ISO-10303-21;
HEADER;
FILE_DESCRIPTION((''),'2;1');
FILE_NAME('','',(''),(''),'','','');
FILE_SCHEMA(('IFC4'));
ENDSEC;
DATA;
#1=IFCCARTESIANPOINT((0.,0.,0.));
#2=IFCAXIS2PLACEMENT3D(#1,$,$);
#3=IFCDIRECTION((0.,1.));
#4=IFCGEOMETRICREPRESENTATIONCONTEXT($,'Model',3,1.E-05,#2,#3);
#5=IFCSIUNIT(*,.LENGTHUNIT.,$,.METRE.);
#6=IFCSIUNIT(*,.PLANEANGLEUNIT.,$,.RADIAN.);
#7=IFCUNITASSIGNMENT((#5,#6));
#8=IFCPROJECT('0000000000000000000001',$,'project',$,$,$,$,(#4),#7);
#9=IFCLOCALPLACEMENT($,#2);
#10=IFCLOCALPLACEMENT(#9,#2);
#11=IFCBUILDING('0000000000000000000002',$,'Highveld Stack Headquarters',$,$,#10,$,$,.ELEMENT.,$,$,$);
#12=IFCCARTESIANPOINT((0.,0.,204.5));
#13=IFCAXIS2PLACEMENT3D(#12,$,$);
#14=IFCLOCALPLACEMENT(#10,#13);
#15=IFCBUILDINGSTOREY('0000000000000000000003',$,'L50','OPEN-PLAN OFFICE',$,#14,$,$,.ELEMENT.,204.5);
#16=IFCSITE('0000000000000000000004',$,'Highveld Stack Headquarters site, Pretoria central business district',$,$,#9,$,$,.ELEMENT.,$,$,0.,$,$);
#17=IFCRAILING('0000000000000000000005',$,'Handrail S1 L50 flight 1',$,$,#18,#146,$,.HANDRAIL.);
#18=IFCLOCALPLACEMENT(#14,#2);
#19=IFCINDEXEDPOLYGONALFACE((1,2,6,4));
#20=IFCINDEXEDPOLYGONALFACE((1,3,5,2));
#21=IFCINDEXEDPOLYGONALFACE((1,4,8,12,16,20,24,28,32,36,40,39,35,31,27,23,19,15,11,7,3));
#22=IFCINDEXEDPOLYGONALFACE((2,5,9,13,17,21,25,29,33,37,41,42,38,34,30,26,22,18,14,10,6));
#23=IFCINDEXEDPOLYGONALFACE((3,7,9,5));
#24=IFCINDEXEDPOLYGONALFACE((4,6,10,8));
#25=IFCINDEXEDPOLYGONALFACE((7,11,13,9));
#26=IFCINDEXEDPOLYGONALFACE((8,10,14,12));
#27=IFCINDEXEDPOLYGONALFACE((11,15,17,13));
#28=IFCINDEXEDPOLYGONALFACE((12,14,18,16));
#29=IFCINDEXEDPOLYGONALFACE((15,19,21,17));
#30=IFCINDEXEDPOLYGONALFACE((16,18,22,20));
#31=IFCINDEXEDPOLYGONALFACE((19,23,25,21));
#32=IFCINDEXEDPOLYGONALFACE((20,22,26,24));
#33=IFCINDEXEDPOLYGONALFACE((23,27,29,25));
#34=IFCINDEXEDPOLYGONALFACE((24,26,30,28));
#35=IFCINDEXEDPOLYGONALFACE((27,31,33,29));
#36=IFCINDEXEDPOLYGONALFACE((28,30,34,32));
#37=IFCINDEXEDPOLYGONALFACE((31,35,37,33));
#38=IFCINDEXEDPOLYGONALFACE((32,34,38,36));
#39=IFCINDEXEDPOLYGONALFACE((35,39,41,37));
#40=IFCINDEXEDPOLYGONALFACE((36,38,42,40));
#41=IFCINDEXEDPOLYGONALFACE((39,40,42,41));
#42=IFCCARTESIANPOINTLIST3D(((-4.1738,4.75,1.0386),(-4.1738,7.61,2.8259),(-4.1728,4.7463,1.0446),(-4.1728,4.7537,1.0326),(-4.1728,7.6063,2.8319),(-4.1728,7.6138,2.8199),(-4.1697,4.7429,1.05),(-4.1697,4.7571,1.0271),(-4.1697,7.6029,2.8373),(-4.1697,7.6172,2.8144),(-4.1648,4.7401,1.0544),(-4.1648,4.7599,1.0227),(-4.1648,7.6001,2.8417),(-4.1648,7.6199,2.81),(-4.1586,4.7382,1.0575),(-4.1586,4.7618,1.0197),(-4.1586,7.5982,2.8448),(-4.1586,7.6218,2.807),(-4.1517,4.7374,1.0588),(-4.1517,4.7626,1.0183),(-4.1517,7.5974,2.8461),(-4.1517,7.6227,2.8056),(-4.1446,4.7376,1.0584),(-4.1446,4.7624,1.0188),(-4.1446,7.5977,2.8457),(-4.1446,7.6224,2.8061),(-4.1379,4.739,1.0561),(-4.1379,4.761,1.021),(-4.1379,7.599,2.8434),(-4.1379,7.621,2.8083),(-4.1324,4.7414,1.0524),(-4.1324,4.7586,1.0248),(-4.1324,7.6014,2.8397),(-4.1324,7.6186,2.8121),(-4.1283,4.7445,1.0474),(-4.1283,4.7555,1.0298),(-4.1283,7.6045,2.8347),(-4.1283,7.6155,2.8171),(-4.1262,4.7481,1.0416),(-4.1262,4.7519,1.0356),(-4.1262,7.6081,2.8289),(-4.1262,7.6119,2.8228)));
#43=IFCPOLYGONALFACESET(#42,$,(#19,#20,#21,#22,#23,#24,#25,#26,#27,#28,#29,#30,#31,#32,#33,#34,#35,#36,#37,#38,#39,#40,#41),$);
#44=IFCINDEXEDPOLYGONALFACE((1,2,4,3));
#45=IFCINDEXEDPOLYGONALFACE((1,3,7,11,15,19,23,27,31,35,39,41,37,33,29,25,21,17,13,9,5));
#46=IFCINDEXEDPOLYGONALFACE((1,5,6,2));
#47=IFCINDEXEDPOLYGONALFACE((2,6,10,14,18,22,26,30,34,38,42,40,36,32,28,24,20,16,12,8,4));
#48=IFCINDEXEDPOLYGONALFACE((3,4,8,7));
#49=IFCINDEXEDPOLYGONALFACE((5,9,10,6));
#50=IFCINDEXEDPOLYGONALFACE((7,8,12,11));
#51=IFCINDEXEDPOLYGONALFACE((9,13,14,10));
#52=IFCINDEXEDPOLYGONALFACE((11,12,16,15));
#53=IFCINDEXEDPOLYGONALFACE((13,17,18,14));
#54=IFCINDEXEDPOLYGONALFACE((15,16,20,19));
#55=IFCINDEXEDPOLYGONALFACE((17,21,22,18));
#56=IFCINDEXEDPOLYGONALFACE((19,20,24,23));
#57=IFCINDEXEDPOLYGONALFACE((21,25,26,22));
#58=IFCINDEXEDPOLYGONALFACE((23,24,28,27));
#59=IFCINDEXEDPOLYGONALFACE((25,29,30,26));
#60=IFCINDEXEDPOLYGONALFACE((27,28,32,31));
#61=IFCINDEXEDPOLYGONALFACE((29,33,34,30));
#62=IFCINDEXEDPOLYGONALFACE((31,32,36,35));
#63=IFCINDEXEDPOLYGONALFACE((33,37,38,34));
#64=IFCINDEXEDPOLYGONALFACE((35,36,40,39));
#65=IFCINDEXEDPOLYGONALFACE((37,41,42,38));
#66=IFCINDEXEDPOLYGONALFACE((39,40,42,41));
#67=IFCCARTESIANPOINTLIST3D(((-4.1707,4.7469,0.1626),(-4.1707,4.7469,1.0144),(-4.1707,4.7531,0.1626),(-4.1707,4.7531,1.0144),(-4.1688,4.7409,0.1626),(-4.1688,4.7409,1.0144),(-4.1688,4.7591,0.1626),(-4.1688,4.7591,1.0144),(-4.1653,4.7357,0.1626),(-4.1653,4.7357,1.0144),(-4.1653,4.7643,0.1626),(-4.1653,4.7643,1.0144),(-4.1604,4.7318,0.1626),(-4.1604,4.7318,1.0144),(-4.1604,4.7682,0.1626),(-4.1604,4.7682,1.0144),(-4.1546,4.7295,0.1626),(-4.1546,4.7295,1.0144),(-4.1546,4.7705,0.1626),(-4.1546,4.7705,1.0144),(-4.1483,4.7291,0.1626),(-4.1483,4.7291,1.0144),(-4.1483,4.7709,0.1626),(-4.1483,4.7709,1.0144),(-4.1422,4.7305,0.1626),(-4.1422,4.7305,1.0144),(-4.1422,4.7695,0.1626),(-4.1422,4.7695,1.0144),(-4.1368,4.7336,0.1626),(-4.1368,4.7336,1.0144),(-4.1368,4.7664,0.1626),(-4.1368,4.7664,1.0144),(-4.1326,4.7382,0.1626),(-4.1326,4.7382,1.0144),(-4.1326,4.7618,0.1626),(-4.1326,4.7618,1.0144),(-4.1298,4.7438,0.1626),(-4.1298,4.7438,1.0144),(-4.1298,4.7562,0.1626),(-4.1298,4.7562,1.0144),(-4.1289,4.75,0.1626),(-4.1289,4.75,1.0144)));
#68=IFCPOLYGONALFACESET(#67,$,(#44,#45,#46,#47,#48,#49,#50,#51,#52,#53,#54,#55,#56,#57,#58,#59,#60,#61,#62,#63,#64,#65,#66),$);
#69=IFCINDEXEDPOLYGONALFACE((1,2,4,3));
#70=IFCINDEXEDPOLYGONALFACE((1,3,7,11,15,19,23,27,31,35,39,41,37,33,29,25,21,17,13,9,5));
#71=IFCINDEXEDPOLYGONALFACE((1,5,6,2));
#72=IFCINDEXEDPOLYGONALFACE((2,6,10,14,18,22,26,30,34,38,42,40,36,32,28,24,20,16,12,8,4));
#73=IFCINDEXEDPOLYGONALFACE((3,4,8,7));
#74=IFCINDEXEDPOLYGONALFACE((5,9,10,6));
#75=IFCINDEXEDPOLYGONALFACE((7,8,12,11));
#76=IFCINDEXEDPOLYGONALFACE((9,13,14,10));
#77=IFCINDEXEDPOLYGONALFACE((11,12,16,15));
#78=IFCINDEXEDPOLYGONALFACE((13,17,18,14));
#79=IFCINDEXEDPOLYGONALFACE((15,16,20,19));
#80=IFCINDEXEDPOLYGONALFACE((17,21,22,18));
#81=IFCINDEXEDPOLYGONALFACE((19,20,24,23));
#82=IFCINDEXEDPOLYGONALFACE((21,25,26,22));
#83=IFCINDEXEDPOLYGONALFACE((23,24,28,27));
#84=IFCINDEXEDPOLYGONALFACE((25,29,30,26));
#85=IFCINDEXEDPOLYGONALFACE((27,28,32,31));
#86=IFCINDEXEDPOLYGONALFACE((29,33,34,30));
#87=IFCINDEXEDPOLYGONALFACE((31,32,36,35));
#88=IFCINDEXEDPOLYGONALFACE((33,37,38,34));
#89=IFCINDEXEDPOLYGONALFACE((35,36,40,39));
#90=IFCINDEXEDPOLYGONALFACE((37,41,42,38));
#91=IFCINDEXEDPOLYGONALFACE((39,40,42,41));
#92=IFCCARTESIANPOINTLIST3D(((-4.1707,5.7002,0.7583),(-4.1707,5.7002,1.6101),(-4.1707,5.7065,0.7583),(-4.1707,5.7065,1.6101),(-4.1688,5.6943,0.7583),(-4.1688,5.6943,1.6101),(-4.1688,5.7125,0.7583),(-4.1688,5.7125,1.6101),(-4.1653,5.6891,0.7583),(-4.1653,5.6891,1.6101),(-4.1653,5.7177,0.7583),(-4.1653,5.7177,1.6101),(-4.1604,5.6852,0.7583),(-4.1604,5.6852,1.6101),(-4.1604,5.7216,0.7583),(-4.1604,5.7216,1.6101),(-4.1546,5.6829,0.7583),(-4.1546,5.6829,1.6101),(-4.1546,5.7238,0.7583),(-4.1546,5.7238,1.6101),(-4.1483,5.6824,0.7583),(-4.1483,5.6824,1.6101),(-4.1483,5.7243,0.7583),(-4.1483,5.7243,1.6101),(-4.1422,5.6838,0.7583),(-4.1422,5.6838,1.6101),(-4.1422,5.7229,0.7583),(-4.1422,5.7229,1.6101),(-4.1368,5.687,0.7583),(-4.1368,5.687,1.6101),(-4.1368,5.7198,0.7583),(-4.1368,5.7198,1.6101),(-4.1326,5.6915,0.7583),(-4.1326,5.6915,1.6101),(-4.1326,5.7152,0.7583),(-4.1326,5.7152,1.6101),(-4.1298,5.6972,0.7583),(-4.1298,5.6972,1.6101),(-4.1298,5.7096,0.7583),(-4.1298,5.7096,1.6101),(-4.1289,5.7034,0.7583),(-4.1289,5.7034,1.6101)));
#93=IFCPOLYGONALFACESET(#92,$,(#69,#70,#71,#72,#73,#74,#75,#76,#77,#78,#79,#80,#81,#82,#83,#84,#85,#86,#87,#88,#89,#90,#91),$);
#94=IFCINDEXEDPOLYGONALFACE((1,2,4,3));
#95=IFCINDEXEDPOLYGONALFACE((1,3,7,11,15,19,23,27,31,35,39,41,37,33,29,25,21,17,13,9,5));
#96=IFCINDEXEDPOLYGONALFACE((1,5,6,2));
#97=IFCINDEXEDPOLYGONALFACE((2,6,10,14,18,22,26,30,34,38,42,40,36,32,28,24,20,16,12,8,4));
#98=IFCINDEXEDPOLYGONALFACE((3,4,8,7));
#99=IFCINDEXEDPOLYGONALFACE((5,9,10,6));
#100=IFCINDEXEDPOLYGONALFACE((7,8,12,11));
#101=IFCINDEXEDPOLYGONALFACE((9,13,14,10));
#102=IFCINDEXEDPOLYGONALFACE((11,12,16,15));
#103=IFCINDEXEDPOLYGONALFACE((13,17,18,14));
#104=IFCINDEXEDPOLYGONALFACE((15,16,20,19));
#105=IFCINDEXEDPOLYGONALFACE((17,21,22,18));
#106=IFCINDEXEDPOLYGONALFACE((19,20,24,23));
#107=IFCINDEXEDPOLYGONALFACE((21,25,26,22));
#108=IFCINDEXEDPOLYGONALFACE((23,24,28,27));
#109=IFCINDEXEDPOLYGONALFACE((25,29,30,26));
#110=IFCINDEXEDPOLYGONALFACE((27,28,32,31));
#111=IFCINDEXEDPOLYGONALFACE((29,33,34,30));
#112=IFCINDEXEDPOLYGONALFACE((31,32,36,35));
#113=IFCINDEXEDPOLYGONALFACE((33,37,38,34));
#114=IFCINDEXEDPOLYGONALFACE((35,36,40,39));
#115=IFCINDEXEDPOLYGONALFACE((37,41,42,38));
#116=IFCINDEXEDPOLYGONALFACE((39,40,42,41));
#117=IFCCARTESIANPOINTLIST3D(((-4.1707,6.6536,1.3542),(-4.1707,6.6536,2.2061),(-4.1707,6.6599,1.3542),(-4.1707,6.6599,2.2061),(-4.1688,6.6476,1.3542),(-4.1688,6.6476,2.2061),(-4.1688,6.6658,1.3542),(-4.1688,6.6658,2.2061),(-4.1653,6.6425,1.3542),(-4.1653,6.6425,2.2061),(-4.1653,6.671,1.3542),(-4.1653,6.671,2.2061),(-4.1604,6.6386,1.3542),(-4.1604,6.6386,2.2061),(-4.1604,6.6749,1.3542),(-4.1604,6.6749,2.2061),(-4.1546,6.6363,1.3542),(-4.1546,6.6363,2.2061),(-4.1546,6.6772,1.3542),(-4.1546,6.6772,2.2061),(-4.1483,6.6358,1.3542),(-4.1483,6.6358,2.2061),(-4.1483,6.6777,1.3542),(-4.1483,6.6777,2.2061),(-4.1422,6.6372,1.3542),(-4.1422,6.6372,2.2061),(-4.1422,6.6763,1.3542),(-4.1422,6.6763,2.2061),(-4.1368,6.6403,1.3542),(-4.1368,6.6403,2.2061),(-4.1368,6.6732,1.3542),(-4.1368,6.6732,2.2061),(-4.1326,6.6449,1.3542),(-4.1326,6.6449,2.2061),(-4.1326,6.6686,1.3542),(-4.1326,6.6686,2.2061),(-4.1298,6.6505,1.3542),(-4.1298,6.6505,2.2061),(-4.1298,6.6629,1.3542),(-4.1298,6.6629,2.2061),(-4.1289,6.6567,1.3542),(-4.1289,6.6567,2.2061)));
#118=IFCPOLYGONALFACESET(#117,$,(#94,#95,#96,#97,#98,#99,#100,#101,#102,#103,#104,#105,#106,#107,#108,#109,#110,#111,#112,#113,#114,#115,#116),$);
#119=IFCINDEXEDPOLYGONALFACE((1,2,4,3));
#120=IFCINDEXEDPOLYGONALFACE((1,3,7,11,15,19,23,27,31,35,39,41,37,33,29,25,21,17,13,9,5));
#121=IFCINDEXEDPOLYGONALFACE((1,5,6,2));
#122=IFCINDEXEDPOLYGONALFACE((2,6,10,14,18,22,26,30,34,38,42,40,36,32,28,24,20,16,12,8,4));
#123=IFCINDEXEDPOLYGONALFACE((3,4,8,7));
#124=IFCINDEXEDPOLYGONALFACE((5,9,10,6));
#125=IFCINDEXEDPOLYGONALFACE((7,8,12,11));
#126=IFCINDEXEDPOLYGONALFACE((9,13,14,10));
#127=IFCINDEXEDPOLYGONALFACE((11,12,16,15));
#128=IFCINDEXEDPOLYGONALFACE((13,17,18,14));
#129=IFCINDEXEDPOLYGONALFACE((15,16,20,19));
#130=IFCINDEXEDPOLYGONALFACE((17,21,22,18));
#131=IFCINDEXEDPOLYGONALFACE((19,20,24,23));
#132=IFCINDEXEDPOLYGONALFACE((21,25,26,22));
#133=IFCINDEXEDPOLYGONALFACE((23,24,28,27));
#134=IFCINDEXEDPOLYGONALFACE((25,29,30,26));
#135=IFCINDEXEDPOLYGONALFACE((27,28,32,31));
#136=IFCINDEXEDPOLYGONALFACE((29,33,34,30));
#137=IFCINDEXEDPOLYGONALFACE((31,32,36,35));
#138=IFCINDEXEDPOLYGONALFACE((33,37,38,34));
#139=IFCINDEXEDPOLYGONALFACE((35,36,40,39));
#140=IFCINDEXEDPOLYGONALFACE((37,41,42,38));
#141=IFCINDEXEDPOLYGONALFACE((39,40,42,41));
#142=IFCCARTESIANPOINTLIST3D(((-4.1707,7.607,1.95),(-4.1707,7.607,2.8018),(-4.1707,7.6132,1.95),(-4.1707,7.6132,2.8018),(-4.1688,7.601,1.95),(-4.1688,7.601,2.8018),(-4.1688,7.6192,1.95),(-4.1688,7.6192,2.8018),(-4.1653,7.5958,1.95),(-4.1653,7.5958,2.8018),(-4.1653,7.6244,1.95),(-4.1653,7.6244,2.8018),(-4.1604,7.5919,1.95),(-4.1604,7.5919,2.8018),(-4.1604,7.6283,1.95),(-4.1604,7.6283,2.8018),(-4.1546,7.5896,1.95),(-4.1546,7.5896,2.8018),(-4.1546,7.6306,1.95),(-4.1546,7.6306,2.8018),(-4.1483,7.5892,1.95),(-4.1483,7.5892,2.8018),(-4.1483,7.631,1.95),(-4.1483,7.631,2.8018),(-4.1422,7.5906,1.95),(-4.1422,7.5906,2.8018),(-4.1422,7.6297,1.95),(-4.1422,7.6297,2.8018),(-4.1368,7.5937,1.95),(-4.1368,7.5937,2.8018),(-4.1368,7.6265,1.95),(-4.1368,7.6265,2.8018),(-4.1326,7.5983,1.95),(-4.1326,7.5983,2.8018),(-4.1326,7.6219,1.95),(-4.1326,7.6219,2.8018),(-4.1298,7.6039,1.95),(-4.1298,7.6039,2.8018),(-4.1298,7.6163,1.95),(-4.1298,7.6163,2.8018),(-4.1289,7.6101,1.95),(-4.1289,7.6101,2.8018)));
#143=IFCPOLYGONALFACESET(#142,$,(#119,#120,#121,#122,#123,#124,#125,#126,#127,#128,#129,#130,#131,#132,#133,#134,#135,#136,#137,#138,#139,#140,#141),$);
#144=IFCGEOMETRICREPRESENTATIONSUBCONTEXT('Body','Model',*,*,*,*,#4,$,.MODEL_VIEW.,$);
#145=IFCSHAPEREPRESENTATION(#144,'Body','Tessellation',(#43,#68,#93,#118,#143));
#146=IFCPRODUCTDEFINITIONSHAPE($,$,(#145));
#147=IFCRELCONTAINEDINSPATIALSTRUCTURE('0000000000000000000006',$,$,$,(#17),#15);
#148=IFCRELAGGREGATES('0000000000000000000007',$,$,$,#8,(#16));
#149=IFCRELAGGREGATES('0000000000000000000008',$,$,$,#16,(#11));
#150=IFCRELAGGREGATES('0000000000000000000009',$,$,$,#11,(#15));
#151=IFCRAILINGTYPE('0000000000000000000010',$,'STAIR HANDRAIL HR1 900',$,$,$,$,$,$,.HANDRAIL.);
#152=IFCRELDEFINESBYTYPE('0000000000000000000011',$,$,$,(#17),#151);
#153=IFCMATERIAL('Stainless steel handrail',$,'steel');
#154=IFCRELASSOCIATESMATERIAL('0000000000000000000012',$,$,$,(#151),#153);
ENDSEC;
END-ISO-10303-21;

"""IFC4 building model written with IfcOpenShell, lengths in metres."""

from ifc_helpers import new_model, si_unit, direction, frame, origin, origin_2d, place, context, subcontext, project, spatial, circle, extrude, material, type_object, element, save


model = new_model("IFC4")

# Units and contexts
model_context = context("Model", 3, precision=1e-05, world=origin(), true_north=direction((0.0, 1.0)))
body_context = subcontext(model_context, "Body", "Model", "MODEL_VIEW")
ifc_project = project(units=[si_unit("LENGTHUNIT", "METRE"), si_unit("PLANEANGLEUNIT", "RADIAN")], contexts=[model_context])

# Site, building, storey
site_placement = place(None, origin())
site = spatial("IfcSite", under=ifc_project, at=site_placement, Name="Highveld Stack Headquarters site, Pretoria central business district", CompositionType="ELEMENT", RefElevation=0.0)
building_placement = place(site_placement, origin())
building = spatial("IfcBuilding", under=site, at=building_placement, Name="Highveld Stack Headquarters", CompositionType="ELEMENT")
storey_placement = place(building_placement, frame((0.0, 0.0, 204.5)))
storey = spatial("IfcBuildingStorey", under=building, at=storey_placement, Name="L50", Description="OPEN-PLAN OFFICE", CompositionType="ELEMENT", Elevation=204.5)

# Railing
ifc_material_1 = material(Name="Stainless steel handrail", Category="steel")
railing_type = type_object("IfcRailingType", Name="STAIR HANDRAIL HR1 900", PredefinedType="HANDRAIL", material=ifc_material_1)
for number, where, name in (
    (1, (-4.1499, 4.75, 0.1626), "Handrail S1 L50 flight 1"),
):
    element("IfcRailing", number, at=place(storey_placement, frame(where)), inside=storey, type_object=railing_type, Name=name, PredefinedType="HANDRAIL", context=body_context, shape_type="SweptSolid", body=[
        extrude(circle(Radius=0.0239, at=origin_2d()), frame((0.0, 0.0, 0.876), z_axis=(0.0, 0.848027, 0.529953), x_axis=(-1.0, 0.0, 0.0)), (0.0, 0.0, 1.0), 3.3726),
        extrude(circle(Radius=0.021, at=origin_2d()), origin(), (0.0, 0.0, 1.0), 0.8518),
        extrude(circle(Radius=0.021, at=origin_2d()), frame((0.0, 0.9534, 0.5957)), (0.0, 0.0, 1.0), 0.8518),
        extrude(circle(Radius=0.021, at=origin_2d()), frame((0.0, 1.9067, 1.1917)), (0.0, 0.0, 1.0), 0.8518),
        extrude(circle(Radius=0.021, at=origin_2d()), frame((0.0, 2.8601, 1.7874)), (0.0, 0.0, 1.0), 0.8518),
    ])

save(model, "model.ifc")
